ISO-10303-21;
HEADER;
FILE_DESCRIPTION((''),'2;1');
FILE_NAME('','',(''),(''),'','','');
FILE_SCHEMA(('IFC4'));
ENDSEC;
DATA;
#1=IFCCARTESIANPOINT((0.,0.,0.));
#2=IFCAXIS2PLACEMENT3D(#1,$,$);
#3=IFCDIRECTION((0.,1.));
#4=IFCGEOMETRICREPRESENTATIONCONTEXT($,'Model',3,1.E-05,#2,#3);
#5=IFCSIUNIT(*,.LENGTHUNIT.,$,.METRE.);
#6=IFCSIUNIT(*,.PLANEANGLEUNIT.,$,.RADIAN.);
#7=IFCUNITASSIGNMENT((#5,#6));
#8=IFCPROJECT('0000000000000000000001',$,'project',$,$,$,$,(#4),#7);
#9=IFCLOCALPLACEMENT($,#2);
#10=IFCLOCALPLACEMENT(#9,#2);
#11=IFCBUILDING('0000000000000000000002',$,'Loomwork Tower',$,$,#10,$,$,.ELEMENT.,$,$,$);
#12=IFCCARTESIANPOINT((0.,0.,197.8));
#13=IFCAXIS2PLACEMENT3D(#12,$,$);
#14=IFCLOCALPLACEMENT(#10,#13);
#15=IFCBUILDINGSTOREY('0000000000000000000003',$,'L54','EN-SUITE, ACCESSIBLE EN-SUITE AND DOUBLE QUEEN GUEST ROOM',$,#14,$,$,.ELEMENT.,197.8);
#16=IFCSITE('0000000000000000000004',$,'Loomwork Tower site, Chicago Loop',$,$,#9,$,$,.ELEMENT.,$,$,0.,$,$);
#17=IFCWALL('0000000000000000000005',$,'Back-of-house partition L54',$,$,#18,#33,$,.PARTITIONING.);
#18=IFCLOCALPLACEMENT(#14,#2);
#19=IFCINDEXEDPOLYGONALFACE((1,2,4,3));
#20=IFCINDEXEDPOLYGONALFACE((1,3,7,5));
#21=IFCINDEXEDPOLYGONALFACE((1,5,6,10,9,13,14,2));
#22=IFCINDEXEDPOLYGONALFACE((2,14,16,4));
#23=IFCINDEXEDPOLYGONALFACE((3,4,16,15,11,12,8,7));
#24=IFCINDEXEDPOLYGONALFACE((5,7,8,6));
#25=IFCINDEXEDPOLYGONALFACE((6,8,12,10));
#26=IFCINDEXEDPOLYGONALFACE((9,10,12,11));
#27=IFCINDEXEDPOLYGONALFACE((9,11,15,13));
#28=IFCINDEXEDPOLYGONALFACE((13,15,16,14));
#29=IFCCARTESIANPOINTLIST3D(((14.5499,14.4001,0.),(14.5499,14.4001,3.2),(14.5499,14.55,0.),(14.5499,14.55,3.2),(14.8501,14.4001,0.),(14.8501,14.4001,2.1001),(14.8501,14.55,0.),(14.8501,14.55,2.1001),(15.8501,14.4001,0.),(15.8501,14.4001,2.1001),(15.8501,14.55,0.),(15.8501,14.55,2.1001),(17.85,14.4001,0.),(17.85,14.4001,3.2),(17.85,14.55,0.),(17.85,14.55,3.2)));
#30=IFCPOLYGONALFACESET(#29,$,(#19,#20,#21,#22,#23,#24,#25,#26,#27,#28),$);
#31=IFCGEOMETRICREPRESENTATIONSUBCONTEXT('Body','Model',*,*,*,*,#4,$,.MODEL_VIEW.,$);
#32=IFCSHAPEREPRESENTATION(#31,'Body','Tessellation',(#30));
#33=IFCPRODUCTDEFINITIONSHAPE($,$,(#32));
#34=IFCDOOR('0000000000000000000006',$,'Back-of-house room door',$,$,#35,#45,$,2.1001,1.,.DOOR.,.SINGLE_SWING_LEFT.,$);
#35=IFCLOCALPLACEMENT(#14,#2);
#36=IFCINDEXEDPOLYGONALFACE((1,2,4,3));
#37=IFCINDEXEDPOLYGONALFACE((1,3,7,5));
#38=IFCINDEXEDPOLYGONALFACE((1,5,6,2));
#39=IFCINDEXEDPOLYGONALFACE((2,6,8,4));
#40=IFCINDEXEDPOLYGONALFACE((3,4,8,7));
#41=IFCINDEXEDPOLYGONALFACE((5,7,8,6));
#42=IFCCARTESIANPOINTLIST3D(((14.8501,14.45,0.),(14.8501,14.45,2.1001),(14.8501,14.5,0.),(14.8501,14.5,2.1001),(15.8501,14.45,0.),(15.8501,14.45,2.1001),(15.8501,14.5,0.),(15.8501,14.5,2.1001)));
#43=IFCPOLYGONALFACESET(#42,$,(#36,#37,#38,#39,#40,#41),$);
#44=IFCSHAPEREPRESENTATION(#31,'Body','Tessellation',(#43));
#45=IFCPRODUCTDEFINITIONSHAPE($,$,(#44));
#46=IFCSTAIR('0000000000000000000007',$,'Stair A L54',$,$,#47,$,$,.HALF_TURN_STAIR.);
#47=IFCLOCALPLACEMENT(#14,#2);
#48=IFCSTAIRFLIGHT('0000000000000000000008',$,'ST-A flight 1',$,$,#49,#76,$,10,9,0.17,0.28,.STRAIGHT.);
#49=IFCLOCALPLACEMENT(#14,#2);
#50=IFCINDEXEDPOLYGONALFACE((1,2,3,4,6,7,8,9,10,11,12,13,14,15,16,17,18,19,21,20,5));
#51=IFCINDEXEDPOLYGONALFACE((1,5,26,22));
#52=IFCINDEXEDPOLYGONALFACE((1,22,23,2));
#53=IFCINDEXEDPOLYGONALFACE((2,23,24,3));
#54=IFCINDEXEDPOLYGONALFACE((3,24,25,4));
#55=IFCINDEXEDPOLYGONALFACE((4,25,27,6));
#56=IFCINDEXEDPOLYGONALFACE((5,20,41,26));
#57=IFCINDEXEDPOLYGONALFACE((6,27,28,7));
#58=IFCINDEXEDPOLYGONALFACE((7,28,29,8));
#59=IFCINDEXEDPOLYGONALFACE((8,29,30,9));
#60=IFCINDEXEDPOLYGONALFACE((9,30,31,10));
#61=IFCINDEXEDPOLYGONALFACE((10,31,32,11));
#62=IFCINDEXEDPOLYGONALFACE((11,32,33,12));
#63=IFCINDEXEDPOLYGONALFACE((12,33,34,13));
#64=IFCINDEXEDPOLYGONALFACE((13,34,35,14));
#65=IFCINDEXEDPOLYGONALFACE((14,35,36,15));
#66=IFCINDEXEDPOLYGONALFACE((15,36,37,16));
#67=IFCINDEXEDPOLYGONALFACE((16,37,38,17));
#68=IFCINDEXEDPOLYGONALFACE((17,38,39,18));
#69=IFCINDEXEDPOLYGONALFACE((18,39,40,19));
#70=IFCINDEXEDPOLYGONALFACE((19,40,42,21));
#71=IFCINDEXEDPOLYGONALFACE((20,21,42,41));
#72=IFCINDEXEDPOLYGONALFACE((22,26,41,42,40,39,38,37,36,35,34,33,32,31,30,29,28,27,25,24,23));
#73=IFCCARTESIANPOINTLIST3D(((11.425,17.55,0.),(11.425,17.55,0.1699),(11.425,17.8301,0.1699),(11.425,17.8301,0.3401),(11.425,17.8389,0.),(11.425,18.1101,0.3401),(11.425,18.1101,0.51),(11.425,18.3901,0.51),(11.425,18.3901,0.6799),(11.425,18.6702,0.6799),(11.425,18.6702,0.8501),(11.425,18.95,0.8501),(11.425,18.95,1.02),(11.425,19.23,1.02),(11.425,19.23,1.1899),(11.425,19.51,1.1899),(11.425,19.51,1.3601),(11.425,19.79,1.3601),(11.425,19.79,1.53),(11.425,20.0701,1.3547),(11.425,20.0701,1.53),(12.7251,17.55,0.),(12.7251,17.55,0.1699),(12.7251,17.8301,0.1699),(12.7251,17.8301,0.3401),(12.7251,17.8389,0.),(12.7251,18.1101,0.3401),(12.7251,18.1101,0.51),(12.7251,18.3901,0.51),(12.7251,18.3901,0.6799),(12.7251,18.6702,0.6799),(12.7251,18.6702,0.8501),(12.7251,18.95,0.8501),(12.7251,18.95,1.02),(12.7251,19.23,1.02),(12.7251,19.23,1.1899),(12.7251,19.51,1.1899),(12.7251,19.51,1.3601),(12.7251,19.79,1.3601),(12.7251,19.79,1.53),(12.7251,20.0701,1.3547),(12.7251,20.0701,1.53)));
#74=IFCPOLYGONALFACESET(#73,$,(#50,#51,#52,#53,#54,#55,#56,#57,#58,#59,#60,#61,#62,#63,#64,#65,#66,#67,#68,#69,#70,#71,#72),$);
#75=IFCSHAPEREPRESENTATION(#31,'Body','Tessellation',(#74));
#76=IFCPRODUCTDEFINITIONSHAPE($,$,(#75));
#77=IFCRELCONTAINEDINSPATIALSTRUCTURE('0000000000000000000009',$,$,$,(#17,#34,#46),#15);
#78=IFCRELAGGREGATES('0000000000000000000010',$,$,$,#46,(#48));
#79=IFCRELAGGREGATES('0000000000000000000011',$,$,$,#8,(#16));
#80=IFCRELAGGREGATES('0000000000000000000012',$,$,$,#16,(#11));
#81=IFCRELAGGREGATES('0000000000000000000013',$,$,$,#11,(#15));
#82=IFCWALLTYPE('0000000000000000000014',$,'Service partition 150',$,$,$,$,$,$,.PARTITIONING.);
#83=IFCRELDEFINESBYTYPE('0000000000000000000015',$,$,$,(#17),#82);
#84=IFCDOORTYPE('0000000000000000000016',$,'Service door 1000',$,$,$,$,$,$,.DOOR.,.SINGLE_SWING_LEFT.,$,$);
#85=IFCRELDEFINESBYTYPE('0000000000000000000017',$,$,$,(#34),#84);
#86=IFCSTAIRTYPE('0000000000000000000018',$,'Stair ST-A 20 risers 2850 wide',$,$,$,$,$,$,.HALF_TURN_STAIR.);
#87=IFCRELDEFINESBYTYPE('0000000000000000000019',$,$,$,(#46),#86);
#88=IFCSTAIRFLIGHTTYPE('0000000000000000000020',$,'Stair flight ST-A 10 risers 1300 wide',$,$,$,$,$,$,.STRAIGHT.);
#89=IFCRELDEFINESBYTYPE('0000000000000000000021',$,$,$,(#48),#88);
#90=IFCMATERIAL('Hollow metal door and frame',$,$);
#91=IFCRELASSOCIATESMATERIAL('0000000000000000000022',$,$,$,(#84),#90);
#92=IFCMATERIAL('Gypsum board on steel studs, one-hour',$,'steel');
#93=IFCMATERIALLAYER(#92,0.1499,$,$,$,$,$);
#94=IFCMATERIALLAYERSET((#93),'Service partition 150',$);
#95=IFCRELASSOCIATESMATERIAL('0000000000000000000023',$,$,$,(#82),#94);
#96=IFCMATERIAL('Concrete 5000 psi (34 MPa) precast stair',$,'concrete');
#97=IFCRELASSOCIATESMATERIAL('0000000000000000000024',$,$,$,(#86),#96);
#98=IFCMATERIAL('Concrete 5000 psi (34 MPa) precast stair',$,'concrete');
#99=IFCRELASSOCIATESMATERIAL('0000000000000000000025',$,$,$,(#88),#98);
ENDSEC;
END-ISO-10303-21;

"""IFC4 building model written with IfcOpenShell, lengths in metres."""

from ifc_helpers import new_model, si_unit, direction, frame, frame_2d, origin, place, context, subcontext, project, spatial, polyline, rectangle, outline, extrude, material, layer, layer_set, type_object, element, fill, aggregate, save


model = new_model("IFC4")

# Units and contexts
model_context = context("Model", 3, precision=1e-05, world=origin(), true_north=direction((0.0, 1.0)))
body_context = subcontext(model_context, "Body", "Model", "MODEL_VIEW")
ifc_project = project(units=[si_unit("LENGTHUNIT", "METRE"), si_unit("PLANEANGLEUNIT", "RADIAN")], contexts=[model_context])

# Site, building, storey
site_placement = place(None, origin())
site = spatial("IfcSite", under=ifc_project, at=site_placement, Name="Loomwork Tower site, Chicago Loop", CompositionType="ELEMENT", RefElevation=0.0)
building_placement = place(site_placement, origin())
building = spatial("IfcBuilding", under=site, at=building_placement, Name="Loomwork Tower", CompositionType="ELEMENT")
storey_placement = place(building_placement, frame((0.0, 0.0, 197.8)))
storey = spatial("IfcBuildingStorey", under=building, at=storey_placement, Name="L54", Description="EN-SUITE, ACCESSIBLE EN-SUITE AND DOUBLE QUEEN GUEST ROOM", CompositionType="ELEMENT", Elevation=197.8)

# Shared definitions
ifc_material_1 = material(Name="Hollow metal door and frame")
door_type_1 = type_object("IfcDoorType", Name="Service door 1000", OperationType="SINGLE_SWING_LEFT", PredefinedType="DOOR", material=ifc_material_1)

# Wall, opening, door
ifc_material_2 = material(Name="Gypsum board on steel studs, one-hour", Category="steel")
ifc_layer_1 = layer(ifc_material_2, 0.1499)
ifc_layer_set_1 = layer_set([ifc_layer_1], Name="Service partition 150")
wall_type_1 = type_object("IfcWallType", Name="Service partition 150", PredefinedType="PARTITIONING", material=ifc_layer_set_1)
wall_1_placement = place(storey_placement, frame((14.55, 14.4751, 0.0), z_axis=(0.0, 0.0, 1.0), x_axis=(1.0, 0.0, 0.0)))
wall_1 = element("IfcWall", 1, at=wall_1_placement, inside=storey, type_object=wall_type_1, Name="Back-of-house partition L54", PredefinedType="PARTITIONING", context=body_context, shape_type="SweptSolid", body=[
    extrude(rectangle(XDim=3.3, YDim=0.1499, at=frame_2d((1.6499, 0.0))), origin(), (0.0, 0.0, 1.0), 3.2),
])
opening_1_placement = place(wall_1_placement, frame((0.3, 0.0, 0.0)))
opening_1 = element("IfcOpeningElement", 2, at=opening_1_placement, cuts=wall_1, PredefinedType="OPENING", context=body_context, shape_type="SweptSolid", body=[
    extrude(rectangle(XDim=1.0, YDim=2.1001, at=frame_2d((0.5, 1.05))), frame((0.0, 0.085, 0.0), z_axis=(0.0, -1.0, 0.0), x_axis=(1.0, 0.0, 0.0)), (0.0, 0.0, 1.0), 0.1699),
])
door_1_placement = place(opening_1_placement, origin())
door_1 = element("IfcDoor", 3, at=door_1_placement, inside=storey, type_object=door_type_1, Name="Back-of-house room door", OperationType="SINGLE_SWING_LEFT", OverallHeight=2.1001, OverallWidth=1.0, PredefinedType="DOOR", context=body_context, shape_type="SweptSolid", body=[
    extrude(rectangle(XDim=1.0, YDim=2.1001, at=frame_2d((0.5, 1.05))), frame((0.0, 0.0249, 0.0), z_axis=(0.0, -1.0, 0.0), x_axis=(1.0, 0.0, 0.0)), (0.0, 0.0, 1.0), 0.05),
])
fill(opening_1, door_1)

# Stair, stair flight
ifc_material_3 = material(Name="Concrete 5000 psi (34 MPa) precast stair", Category="concrete")
stair_type = type_object("IfcStairType", Name="Stair ST-A 20 risers 2850 wide", PredefinedType="HALF_TURN_STAIR", material=ifc_material_3)
stair_placement = place(storey_placement, origin())
stair = element("IfcStair", 4, at=stair_placement, inside=storey, type_object=stair_type, Name="Stair A L54", PredefinedType="HALF_TURN_STAIR")
ifc_material_4 = material(Name="Concrete 5000 psi (34 MPa) precast stair", Category="concrete")
stair_flight_type = type_object("IfcStairFlightType", Name="Stair flight ST-A 10 risers 1300 wide", PredefinedType="STRAIGHT", material=ifc_material_4)
stair_flight_placement = place(storey_placement, frame((12.075, 17.55, 0.0), z_axis=(0.0, 0.0, 1.0), x_axis=(0.0, 1.0, 0.0)))
stair_flight = element("IfcStairFlight", 5, at=stair_flight_placement, type_object=stair_flight_type, Name="ST-A flight 1", NumberOfRisers=10, NumberOfTreads=9, PredefinedType="STRAIGHT", RiserHeight=0.17, TreadLength=0.28, context=body_context, shape_type="SweptSolid", body=[
    extrude(outline(polyline([(0.0, 0.0), (0.0, 0.1699), (0.28, 0.1699), (0.28, 0.3401), (0.5601, 0.3401), (0.5601, 0.51), (0.8401, 0.51), (0.8401, 0.6799), (1.1201, 0.6799), (1.1201, 0.8501), (1.3999, 0.8501), (1.3999, 1.02), (1.6799, 1.02), (1.6799, 1.1899), (1.96, 1.1899), (1.96, 1.3601), (2.24, 1.3601), (2.24, 1.53), (2.52, 1.53), (2.52, 1.7), (2.52, 1.3547), (0.2888, 0.0), (0.0, 0.0)])), frame((0.0, 0.6499, 0.0), z_axis=(0.0, -1.0, 0.0), x_axis=(1.0, 0.0, 0.0)), (0.0, 0.0, 1.0), 1.3),
])
aggregate(stair, [stair_flight])

save(model, "model.ifc")
